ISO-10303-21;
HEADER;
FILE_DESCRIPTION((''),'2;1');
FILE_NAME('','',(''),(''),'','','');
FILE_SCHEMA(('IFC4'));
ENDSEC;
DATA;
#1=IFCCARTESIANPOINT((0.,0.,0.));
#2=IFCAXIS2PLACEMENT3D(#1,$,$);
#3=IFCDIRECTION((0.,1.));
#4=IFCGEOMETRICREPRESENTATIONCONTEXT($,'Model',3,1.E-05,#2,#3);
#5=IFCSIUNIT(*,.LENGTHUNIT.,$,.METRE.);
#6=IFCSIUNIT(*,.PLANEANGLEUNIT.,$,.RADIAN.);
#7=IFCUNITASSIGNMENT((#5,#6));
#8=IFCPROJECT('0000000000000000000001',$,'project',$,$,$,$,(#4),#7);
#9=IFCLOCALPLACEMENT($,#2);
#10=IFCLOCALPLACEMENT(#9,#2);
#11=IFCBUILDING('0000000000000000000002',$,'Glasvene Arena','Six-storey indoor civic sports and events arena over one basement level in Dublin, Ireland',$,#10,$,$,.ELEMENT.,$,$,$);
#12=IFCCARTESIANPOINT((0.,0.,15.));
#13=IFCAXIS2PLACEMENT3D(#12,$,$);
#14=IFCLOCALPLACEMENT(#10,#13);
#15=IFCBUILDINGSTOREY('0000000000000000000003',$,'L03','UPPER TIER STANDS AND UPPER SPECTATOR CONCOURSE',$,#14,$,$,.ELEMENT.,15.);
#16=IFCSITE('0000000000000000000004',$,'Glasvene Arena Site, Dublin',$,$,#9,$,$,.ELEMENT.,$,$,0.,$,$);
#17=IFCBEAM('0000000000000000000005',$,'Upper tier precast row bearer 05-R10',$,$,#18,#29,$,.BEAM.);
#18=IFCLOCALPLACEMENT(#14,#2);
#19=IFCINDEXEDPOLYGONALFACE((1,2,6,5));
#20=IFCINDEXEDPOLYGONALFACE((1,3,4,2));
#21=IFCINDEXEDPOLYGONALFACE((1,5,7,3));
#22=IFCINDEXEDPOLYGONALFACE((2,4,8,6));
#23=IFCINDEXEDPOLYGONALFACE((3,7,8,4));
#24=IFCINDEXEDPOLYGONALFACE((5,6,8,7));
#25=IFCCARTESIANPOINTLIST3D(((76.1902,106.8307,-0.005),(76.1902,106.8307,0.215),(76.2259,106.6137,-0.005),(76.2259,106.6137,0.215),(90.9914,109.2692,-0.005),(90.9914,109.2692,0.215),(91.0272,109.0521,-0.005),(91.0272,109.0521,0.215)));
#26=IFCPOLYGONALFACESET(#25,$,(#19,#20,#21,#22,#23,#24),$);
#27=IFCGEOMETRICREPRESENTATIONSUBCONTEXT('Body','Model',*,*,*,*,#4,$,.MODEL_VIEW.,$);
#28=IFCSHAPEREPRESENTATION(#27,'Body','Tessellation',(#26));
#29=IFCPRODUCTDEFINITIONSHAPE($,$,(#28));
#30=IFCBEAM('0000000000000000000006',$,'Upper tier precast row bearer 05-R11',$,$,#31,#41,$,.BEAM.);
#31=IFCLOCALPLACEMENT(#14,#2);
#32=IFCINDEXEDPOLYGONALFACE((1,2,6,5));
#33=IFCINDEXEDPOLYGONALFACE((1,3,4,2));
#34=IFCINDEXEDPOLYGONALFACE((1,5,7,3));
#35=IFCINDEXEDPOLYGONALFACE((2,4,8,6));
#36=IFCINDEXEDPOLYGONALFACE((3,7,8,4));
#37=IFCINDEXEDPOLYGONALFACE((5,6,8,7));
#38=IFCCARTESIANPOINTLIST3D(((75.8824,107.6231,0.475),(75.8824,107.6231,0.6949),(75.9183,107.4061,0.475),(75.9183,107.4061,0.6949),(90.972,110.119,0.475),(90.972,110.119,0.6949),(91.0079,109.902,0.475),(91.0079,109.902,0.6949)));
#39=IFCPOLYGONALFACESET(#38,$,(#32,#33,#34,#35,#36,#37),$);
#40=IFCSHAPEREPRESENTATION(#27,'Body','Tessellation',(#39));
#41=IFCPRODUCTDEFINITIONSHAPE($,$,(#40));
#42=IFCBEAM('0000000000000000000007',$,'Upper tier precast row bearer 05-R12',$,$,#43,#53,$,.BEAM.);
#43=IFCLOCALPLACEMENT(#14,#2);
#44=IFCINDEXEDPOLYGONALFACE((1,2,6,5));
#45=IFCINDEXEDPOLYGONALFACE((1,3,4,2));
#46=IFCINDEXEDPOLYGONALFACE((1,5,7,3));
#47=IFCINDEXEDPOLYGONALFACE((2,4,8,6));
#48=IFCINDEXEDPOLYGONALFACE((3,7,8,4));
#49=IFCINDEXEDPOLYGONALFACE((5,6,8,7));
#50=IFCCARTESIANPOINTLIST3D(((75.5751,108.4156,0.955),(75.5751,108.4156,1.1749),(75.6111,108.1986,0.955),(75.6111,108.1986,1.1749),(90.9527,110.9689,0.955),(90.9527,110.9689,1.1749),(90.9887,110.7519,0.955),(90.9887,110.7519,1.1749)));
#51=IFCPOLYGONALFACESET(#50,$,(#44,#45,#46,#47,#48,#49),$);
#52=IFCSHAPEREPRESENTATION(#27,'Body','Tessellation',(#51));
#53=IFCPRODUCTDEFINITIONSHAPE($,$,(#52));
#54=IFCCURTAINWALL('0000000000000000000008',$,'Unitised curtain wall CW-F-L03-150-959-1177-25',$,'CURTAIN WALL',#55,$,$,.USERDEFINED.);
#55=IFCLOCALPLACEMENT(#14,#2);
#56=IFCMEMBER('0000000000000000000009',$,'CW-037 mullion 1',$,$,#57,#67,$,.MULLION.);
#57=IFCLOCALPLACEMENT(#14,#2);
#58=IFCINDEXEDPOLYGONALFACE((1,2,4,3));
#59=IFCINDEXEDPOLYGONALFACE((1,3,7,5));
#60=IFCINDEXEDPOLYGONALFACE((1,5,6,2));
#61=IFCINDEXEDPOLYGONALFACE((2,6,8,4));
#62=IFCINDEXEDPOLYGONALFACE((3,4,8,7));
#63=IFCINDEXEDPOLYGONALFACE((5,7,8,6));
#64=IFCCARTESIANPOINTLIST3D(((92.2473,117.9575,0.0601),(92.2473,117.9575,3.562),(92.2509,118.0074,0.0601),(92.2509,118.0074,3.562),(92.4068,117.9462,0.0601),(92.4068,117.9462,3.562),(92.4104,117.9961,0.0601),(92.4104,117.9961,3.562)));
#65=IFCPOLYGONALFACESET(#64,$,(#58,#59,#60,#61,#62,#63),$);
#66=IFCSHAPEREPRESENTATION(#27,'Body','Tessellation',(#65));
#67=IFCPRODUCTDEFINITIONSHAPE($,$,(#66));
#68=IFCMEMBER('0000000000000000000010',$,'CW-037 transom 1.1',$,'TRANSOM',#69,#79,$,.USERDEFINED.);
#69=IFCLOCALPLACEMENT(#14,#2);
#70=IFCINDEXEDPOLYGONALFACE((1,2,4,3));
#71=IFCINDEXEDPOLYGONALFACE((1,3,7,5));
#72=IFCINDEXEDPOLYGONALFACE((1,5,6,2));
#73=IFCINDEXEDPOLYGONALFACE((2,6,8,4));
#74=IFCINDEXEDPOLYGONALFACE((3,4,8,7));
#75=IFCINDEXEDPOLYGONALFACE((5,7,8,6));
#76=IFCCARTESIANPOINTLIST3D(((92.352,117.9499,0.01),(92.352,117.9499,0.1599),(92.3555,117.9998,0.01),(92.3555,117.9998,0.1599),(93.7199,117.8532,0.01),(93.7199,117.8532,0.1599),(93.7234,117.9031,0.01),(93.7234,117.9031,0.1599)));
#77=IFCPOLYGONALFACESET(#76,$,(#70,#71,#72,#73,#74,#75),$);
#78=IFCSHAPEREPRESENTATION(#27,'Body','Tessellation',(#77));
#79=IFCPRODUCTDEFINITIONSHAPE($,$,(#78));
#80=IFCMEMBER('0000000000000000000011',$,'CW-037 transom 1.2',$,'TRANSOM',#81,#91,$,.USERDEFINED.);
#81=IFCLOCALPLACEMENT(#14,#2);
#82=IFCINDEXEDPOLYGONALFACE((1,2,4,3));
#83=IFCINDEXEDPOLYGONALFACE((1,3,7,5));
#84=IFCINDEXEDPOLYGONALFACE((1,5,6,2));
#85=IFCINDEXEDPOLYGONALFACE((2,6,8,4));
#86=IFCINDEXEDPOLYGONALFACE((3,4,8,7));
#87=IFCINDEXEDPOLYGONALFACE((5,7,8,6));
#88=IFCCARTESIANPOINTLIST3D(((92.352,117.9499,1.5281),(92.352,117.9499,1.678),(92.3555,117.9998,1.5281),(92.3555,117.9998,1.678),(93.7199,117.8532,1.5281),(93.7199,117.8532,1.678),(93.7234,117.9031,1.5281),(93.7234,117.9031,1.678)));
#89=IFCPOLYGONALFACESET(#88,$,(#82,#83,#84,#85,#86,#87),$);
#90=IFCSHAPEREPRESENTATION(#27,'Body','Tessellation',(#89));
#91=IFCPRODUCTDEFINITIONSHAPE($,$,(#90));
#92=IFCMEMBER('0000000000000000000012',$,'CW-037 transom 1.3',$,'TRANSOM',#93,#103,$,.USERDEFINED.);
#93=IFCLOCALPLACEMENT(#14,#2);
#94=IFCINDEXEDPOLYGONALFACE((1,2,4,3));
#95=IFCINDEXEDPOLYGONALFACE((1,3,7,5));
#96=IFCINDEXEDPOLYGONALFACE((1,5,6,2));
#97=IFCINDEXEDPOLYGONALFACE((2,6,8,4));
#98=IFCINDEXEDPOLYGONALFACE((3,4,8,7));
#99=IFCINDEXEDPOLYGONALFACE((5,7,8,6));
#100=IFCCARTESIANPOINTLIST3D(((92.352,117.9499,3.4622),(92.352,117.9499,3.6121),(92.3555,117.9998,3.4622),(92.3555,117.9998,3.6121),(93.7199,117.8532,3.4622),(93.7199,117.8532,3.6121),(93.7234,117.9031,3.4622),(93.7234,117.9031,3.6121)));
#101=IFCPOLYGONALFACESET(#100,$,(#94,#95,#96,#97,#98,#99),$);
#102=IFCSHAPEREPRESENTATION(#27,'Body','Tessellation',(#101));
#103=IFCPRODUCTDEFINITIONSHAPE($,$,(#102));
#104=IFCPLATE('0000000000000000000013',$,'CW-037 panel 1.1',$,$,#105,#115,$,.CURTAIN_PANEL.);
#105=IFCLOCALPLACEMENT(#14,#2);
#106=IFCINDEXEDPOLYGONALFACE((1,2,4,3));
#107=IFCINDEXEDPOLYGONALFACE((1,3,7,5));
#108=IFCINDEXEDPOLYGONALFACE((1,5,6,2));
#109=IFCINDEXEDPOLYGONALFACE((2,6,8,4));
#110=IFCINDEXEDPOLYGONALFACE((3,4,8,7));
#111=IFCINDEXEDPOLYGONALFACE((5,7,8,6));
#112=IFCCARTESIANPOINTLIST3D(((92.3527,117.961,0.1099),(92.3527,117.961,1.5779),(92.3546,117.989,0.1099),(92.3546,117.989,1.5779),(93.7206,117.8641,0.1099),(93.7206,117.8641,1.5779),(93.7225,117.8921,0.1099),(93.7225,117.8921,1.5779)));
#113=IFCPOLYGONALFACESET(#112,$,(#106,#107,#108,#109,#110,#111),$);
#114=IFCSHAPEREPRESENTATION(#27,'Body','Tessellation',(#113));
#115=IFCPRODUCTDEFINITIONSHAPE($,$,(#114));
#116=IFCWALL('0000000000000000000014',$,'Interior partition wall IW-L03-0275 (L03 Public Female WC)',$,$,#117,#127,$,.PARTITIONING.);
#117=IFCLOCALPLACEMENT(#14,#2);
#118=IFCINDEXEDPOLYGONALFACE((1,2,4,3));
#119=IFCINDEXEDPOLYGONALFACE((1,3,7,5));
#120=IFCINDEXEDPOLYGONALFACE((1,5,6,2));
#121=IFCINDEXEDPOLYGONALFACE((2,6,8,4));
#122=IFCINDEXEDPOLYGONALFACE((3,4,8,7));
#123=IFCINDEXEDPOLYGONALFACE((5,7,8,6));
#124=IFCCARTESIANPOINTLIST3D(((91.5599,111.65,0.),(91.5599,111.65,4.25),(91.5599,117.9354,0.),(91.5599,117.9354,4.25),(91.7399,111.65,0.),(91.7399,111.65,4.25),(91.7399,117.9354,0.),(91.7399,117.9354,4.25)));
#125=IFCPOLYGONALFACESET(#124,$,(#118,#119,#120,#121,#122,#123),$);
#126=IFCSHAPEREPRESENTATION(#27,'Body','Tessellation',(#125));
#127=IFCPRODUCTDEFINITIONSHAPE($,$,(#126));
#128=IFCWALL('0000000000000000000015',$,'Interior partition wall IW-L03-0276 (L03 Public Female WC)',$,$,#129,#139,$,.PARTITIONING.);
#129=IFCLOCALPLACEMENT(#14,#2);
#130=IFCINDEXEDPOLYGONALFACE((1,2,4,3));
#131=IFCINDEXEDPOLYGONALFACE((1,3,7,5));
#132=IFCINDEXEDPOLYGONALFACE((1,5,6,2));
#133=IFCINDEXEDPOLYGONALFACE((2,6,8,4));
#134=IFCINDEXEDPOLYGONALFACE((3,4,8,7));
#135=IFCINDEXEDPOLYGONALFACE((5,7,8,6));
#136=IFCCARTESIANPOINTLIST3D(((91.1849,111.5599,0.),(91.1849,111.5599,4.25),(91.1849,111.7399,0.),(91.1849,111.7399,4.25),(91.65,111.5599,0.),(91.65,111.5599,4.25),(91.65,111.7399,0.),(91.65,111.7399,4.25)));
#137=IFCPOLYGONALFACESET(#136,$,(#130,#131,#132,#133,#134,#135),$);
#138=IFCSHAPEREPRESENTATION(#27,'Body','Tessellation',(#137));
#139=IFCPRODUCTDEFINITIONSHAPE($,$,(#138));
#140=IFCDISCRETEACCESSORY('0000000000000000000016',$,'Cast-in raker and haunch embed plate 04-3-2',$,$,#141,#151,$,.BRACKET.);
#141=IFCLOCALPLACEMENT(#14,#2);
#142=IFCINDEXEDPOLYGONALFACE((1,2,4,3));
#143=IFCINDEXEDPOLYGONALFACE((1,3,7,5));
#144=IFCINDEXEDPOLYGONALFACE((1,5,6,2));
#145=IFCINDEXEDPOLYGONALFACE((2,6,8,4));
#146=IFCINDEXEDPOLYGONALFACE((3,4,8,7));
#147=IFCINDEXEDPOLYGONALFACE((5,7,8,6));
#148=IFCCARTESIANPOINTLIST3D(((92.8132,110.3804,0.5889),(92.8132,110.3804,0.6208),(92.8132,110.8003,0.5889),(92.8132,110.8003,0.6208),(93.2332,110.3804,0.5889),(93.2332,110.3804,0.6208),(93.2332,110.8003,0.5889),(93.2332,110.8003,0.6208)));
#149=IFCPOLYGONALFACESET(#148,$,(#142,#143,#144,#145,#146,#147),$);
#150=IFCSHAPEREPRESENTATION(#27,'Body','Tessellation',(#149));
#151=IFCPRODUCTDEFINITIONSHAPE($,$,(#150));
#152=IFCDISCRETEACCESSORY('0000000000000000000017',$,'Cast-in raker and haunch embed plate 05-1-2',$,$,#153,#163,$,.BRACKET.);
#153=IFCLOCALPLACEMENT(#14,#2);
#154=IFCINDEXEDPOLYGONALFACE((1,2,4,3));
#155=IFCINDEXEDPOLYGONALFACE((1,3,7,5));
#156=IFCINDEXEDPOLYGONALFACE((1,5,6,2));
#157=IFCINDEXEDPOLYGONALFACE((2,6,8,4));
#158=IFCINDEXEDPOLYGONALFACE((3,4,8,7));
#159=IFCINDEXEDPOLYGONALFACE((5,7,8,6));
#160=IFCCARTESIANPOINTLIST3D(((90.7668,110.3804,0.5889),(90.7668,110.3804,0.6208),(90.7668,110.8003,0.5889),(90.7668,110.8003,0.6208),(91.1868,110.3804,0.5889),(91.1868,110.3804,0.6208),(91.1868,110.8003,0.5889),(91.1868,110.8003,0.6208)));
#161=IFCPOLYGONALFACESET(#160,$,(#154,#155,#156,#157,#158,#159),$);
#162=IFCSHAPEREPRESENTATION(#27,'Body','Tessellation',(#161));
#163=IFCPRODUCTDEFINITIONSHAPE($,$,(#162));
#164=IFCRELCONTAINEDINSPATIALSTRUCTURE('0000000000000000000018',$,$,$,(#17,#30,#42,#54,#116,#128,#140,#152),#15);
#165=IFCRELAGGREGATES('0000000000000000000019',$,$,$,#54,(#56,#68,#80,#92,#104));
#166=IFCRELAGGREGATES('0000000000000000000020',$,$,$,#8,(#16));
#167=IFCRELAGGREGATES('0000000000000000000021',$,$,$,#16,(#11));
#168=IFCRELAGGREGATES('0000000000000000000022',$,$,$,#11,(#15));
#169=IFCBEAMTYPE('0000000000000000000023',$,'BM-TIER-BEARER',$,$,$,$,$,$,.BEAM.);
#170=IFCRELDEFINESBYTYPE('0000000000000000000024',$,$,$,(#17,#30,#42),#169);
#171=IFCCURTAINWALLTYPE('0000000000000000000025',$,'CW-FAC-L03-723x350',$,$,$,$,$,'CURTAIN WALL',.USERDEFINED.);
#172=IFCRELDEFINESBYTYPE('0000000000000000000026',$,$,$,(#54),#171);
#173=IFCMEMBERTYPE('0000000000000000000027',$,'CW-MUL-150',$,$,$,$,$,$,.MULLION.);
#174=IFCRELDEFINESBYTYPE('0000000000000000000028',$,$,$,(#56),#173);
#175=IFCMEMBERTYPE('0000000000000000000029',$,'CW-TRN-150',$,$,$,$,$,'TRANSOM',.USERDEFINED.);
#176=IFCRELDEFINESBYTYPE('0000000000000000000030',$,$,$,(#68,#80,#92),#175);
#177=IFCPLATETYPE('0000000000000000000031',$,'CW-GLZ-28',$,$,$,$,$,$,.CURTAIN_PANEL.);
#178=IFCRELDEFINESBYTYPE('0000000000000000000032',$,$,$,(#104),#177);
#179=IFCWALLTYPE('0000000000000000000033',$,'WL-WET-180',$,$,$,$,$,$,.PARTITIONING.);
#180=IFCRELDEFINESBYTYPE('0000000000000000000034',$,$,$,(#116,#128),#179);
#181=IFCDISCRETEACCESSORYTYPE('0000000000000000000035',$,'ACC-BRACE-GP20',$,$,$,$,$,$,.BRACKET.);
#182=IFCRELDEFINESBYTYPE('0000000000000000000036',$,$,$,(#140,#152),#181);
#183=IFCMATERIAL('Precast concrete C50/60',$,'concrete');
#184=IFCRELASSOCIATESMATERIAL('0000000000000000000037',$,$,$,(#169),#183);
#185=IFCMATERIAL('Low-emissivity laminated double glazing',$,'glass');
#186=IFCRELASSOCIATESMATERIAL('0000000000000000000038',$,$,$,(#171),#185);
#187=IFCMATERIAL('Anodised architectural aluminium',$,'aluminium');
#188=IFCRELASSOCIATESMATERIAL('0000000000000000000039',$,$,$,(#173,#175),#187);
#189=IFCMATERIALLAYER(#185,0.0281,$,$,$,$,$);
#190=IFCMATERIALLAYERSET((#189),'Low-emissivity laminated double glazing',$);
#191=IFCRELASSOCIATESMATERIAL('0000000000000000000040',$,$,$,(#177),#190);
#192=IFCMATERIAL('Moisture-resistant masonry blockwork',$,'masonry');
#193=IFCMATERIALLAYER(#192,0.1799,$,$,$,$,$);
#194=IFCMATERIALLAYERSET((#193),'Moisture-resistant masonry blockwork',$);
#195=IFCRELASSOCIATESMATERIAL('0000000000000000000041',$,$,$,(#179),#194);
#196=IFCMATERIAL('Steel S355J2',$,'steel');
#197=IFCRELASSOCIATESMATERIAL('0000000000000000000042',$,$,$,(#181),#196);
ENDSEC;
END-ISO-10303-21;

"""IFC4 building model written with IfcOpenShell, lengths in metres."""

from ifc_helpers import new_model, si_unit, direction, frame, frame_2d, origin, origin_2d, place, context, subcontext, project, spatial, rectangle, extrude, material, layer, layer_set, material_profile, profile_set, type_object, element, aggregate, save


model = new_model("IFC4")

# Units and contexts
model_context = context("Model", 3, precision=1e-05, world=origin(), true_north=direction((0.0, 1.0)))
body_context = subcontext(model_context, "Body", "Model", "MODEL_VIEW")
ifc_project = project(units=[si_unit("LENGTHUNIT", "METRE"), si_unit("PLANEANGLEUNIT", "RADIAN")], contexts=[model_context])

# Site, building, storey
site_placement = place(None, origin())
site = spatial("IfcSite", under=ifc_project, at=site_placement, Name="Glasvene Arena Site, Dublin", CompositionType="ELEMENT", RefElevation=0.0)
building_placement = place(site_placement, origin())
building = spatial("IfcBuilding", under=site, at=building_placement, Name="Glasvene Arena", Description="Six-storey indoor civic sports and events arena over one basement level in Dublin, Ireland", CompositionType="ELEMENT")
storey_placement = place(building_placement, frame((0.0, 0.0, 15.0)))
storey = spatial("IfcBuildingStorey", under=building, at=storey_placement, Name="L03", Description="UPPER TIER STANDS AND UPPER SPECTATOR CONCOURSE", CompositionType="ELEMENT", Elevation=15.0)

# Shared definitions
ifc_material_1 = material(Name="Steel S355J2", Category="steel")

# Beams
ifc_material_2 = material(Name="Precast concrete C50/60", Category="concrete")
ifc_material_profile_1 = material_profile(ifc_material_2, rectangle(XDim=0.22, YDim=0.22, at=origin_2d()), Name="RC 220x220")
ifc_profile_set_1 = profile_set([ifc_material_profile_1], Name="Precast concrete C50/60")
beam_type_1 = type_object("IfcBeamType", Name="BM-TIER-BEARER", PredefinedType="BEAM", material=ifc_profile_set_1)
beam_1_placement = place(storey_placement, frame((91.0093, 109.1606, 0.105), z_axis=(-0.986699, -0.162557, 0.0), x_axis=(0.162557, -0.986699, 0.0)))
element("IfcBeam", 1, at=beam_1_placement, inside=storey, type_object=beam_type_1, Name="Upper tier precast row bearer 05-R10", PredefinedType="BEAM", context=body_context, shape_type="SweptSolid", body=[
    extrude(rectangle(XDim=0.22, YDim=0.22, at=origin_2d()), origin(), (0.0, 0.0, 1.0), 15.0007),
])
beam_2_placement = place(storey_placement, frame((90.99, 110.0105, 0.585), z_axis=(-0.986596, -0.163185, 0.0), x_axis=(0.163185, -0.986596, 0.0)))
element("IfcBeam", 2, at=beam_2_placement, inside=storey, type_object=beam_type_1, Name="Upper tier precast row bearer 05-R11", PredefinedType="BEAM", context=body_context, shape_type="SweptSolid", body=[
    extrude(rectangle(XDim=0.22, YDim=0.22, at=origin_2d()), origin(), (0.0, 0.0, 1.0), 15.2947),
])
beam_3_placement = place(storey_placement, frame((90.9707, 110.8604, 1.0649), z_axis=(-0.986495, -0.163792, 0.0), x_axis=(0.163792, -0.986495, 0.0)))
element("IfcBeam", 3, at=beam_3_placement, inside=storey, type_object=beam_type_1, Name="Upper tier precast row bearer 05-R12", PredefinedType="BEAM", context=body_context, shape_type="SweptSolid", body=[
    extrude(rectangle(XDim=0.22, YDim=0.22, at=origin_2d()), origin(), (0.0, 0.0, 1.0), 15.5881),
])

# Curtain wall, members, plate
ifc_material_3 = material(Name="Low-emissivity laminated double glazing", Category="glass")
curtain_wall_type = type_object("IfcCurtainWallType", Name="CW-FAC-L03-723x350", ElementType="CURTAIN WALL", PredefinedType="USERDEFINED", material=ifc_material_3)
curtain_wall_placement = place(storey_placement, frame((92.304, 117.9785, 0.0)))
curtain_wall = element("IfcCurtainWall", 4, at=curtain_wall_placement, inside=storey, type_object=curtain_wall_type, Name="Unitised curtain wall CW-F-L03-150-959-1177-25", ObjectType="CURTAIN WALL", PredefinedType="USERDEFINED")
ifc_material_4 = material(Name="Anodised architectural aluminium", Category="aluminium")
ifc_material_profile_2 = material_profile(ifc_material_4, rectangle(XDim=0.05, YDim=0.1599, at=origin_2d()), Name="ALU MULLION 50x160")
ifc_profile_set_2 = profile_set([ifc_material_profile_2], Name="Anodised architectural aluminium")
member_type_1 = type_object("IfcMemberType", Name="CW-MUL-150", PredefinedType="MULLION", material=ifc_profile_set_2)
member_1_placement = place(storey_placement, frame((92.3289, 117.9768, 0.0601), z_axis=(0.0, 0.0, 1.0), x_axis=(0.070652, 0.997501, 0.0)))
member_1 = element("IfcMember", 5, at=member_1_placement, type_object=member_type_1, Name="CW-037 mullion 1", PredefinedType="MULLION", context=body_context, shape_type="SweptSolid", body=[
    extrude(rectangle(XDim=0.05, YDim=0.1599, at=origin_2d()), origin(), (0.0, 0.0, 1.0), 3.502),
])
ifc_material_profile_3 = material_profile(ifc_material_4, rectangle(XDim=0.05, YDim=0.1499, at=origin_2d()), Name="ALU TRANSOM 50x150")
ifc_profile_set_3 = profile_set([ifc_material_profile_3], Name="Anodised architectural aluminium")
member_type_2 = type_object("IfcMemberType", Name="CW-TRN-150", ElementType="TRANSOM", PredefinedType="USERDEFINED", material=ifc_profile_set_3)
member_2_placement = place(storey_placement, frame((92.3538, 117.9749, 0.085), z_axis=(0.997512, -0.070501, 0.0), x_axis=(0.070501, 0.997512, 0.0)))
member_2 = element("IfcMember", 6, at=member_2_placement, type_object=member_type_2, Name="CW-037 transom 1.1", ObjectType="TRANSOM", PredefinedType="USERDEFINED", context=body_context, shape_type="SweptSolid", body=[
    extrude(rectangle(XDim=0.05, YDim=0.1499, at=origin_2d()), origin(), (0.0, 0.0, 1.0), 1.3713),
])
member_3_placement = place(storey_placement, frame((92.3538, 117.9749, 1.603), z_axis=(0.997512, -0.070501, 0.0), x_axis=(0.070501, 0.997512, 0.0)))
member_3 = element("IfcMember", 7, at=member_3_placement, type_object=member_type_2, Name="CW-037 transom 1.2", ObjectType="TRANSOM", PredefinedType="USERDEFINED", context=body_context, shape_type="SweptSolid", body=[
    extrude(rectangle(XDim=0.05, YDim=0.1499, at=origin_2d()), origin(), (0.0, 0.0, 1.0), 1.3713),
])
member_4_placement = place(storey_placement, frame((92.3538, 117.9749, 3.5371), z_axis=(0.997512, -0.070501, 0.0), x_axis=(0.070501, 0.997512, 0.0)))
member_4 = element("IfcMember", 8, at=member_4_placement, type_object=member_type_2, Name="CW-037 transom 1.3", ObjectType="TRANSOM", PredefinedType="USERDEFINED", context=body_context, shape_type="SweptSolid", body=[
    extrude(rectangle(XDim=0.05, YDim=0.1499, at=origin_2d()), origin(), (0.0, 0.0, 1.0), 1.3713),
])
ifc_layer_1 = layer(ifc_material_3, 0.0281)
ifc_layer_set_1 = layer_set([ifc_layer_1], Name="Low-emissivity laminated double glazing")
plate_type = type_object("IfcPlateType", Name="CW-GLZ-28", PredefinedType="CURTAIN_PANEL", material=ifc_layer_set_1)
plate_placement = place(storey_placement, frame((93.0376, 117.9265, 0.1099), z_axis=(0.0, 0.0, 1.0), x_axis=(0.997501, -0.070652, 0.0)))
plate = element("IfcPlate", 9, at=plate_placement, type_object=plate_type, Name="CW-037 panel 1.1", PredefinedType="CURTAIN_PANEL", context=body_context, shape_type="SweptSolid", body=[
    extrude(rectangle(XDim=1.3713, YDim=0.0281, at=origin_2d()), origin(), (0.0, 0.0, 1.0), 1.468),
])
aggregate(curtain_wall, [member_1, member_2, member_3, member_4, plate])

# Walls
ifc_material_5 = material(Name="Moisture-resistant masonry blockwork", Category="masonry")
ifc_layer_2 = layer(ifc_material_5, 0.1799)
ifc_layer_set_2 = layer_set([ifc_layer_2], Name="Moisture-resistant masonry blockwork")
wall_type = type_object("IfcWallType", Name="WL-WET-180", PredefinedType="PARTITIONING", material=ifc_layer_set_2)
wall_1_placement = place(storey_placement, frame((91.6499, 117.9353, 0.0), z_axis=(0.0, 0.0, 1.0), x_axis=(0.0, -1.0, 0.0)))
element("IfcWall", 10, at=wall_1_placement, inside=storey, type_object=wall_type, Name="Interior partition wall IW-L03-0275 (L03 Public Female WC)", PredefinedType="PARTITIONING", context=body_context, shape_type="SweptSolid", body=[
    extrude(rectangle(XDim=6.2854, YDim=0.1799, at=frame_2d((3.1426, 0.0))), origin(), (0.0, 0.0, 1.0), 4.25),
])
wall_2_placement = place(storey_placement, frame((91.6499, 111.6499, 0.0), z_axis=(0.0, 0.0, 1.0), x_axis=(-1.0, 0.0, 0.0)))
element("IfcWall", 11, at=wall_2_placement, inside=storey, type_object=wall_type, Name="Interior partition wall IW-L03-0276 (L03 Public Female WC)", PredefinedType="PARTITIONING", context=body_context, shape_type="SweptSolid", body=[
    extrude(rectangle(XDim=0.4651, YDim=0.1799, at=frame_2d((0.2324, 0.0))), origin(), (0.0, 0.0, 1.0), 4.25),
])

# Discrete accessories
discrete_accessory_type = type_object("IfcDiscreteAccessoryType", Name="ACC-BRACE-GP20", PredefinedType="BRACKET", material=ifc_material_1)
for number, where, z_axis, x_axis, name in (
    (12, (93.0232, 110.5903, 0.5889), (0.0, 0.0, 1.0), (1.0, 0.0, 0.0), "Cast-in raker and haunch embed plate 04-3-2"),
    (13, (90.9768, 110.5903, 0.5889), (0.0, 0.0, 1.0), (1.0, 0.0, 0.0), "Cast-in raker and haunch embed plate 05-1-2"),
):
    element("IfcDiscreteAccessory", number, at=place(storey_placement, frame(where, z_axis=z_axis, x_axis=x_axis)), inside=storey, type_object=discrete_accessory_type, Name=name, PredefinedType="BRACKET", context=body_context, shape_type="SweptSolid", body=[
        extrude(rectangle(XDim=0.4199, YDim=0.4199, at=origin_2d()), origin(), (0.0, 0.0, 1.0), 0.032),
    ])

save(model, "model.ifc")
